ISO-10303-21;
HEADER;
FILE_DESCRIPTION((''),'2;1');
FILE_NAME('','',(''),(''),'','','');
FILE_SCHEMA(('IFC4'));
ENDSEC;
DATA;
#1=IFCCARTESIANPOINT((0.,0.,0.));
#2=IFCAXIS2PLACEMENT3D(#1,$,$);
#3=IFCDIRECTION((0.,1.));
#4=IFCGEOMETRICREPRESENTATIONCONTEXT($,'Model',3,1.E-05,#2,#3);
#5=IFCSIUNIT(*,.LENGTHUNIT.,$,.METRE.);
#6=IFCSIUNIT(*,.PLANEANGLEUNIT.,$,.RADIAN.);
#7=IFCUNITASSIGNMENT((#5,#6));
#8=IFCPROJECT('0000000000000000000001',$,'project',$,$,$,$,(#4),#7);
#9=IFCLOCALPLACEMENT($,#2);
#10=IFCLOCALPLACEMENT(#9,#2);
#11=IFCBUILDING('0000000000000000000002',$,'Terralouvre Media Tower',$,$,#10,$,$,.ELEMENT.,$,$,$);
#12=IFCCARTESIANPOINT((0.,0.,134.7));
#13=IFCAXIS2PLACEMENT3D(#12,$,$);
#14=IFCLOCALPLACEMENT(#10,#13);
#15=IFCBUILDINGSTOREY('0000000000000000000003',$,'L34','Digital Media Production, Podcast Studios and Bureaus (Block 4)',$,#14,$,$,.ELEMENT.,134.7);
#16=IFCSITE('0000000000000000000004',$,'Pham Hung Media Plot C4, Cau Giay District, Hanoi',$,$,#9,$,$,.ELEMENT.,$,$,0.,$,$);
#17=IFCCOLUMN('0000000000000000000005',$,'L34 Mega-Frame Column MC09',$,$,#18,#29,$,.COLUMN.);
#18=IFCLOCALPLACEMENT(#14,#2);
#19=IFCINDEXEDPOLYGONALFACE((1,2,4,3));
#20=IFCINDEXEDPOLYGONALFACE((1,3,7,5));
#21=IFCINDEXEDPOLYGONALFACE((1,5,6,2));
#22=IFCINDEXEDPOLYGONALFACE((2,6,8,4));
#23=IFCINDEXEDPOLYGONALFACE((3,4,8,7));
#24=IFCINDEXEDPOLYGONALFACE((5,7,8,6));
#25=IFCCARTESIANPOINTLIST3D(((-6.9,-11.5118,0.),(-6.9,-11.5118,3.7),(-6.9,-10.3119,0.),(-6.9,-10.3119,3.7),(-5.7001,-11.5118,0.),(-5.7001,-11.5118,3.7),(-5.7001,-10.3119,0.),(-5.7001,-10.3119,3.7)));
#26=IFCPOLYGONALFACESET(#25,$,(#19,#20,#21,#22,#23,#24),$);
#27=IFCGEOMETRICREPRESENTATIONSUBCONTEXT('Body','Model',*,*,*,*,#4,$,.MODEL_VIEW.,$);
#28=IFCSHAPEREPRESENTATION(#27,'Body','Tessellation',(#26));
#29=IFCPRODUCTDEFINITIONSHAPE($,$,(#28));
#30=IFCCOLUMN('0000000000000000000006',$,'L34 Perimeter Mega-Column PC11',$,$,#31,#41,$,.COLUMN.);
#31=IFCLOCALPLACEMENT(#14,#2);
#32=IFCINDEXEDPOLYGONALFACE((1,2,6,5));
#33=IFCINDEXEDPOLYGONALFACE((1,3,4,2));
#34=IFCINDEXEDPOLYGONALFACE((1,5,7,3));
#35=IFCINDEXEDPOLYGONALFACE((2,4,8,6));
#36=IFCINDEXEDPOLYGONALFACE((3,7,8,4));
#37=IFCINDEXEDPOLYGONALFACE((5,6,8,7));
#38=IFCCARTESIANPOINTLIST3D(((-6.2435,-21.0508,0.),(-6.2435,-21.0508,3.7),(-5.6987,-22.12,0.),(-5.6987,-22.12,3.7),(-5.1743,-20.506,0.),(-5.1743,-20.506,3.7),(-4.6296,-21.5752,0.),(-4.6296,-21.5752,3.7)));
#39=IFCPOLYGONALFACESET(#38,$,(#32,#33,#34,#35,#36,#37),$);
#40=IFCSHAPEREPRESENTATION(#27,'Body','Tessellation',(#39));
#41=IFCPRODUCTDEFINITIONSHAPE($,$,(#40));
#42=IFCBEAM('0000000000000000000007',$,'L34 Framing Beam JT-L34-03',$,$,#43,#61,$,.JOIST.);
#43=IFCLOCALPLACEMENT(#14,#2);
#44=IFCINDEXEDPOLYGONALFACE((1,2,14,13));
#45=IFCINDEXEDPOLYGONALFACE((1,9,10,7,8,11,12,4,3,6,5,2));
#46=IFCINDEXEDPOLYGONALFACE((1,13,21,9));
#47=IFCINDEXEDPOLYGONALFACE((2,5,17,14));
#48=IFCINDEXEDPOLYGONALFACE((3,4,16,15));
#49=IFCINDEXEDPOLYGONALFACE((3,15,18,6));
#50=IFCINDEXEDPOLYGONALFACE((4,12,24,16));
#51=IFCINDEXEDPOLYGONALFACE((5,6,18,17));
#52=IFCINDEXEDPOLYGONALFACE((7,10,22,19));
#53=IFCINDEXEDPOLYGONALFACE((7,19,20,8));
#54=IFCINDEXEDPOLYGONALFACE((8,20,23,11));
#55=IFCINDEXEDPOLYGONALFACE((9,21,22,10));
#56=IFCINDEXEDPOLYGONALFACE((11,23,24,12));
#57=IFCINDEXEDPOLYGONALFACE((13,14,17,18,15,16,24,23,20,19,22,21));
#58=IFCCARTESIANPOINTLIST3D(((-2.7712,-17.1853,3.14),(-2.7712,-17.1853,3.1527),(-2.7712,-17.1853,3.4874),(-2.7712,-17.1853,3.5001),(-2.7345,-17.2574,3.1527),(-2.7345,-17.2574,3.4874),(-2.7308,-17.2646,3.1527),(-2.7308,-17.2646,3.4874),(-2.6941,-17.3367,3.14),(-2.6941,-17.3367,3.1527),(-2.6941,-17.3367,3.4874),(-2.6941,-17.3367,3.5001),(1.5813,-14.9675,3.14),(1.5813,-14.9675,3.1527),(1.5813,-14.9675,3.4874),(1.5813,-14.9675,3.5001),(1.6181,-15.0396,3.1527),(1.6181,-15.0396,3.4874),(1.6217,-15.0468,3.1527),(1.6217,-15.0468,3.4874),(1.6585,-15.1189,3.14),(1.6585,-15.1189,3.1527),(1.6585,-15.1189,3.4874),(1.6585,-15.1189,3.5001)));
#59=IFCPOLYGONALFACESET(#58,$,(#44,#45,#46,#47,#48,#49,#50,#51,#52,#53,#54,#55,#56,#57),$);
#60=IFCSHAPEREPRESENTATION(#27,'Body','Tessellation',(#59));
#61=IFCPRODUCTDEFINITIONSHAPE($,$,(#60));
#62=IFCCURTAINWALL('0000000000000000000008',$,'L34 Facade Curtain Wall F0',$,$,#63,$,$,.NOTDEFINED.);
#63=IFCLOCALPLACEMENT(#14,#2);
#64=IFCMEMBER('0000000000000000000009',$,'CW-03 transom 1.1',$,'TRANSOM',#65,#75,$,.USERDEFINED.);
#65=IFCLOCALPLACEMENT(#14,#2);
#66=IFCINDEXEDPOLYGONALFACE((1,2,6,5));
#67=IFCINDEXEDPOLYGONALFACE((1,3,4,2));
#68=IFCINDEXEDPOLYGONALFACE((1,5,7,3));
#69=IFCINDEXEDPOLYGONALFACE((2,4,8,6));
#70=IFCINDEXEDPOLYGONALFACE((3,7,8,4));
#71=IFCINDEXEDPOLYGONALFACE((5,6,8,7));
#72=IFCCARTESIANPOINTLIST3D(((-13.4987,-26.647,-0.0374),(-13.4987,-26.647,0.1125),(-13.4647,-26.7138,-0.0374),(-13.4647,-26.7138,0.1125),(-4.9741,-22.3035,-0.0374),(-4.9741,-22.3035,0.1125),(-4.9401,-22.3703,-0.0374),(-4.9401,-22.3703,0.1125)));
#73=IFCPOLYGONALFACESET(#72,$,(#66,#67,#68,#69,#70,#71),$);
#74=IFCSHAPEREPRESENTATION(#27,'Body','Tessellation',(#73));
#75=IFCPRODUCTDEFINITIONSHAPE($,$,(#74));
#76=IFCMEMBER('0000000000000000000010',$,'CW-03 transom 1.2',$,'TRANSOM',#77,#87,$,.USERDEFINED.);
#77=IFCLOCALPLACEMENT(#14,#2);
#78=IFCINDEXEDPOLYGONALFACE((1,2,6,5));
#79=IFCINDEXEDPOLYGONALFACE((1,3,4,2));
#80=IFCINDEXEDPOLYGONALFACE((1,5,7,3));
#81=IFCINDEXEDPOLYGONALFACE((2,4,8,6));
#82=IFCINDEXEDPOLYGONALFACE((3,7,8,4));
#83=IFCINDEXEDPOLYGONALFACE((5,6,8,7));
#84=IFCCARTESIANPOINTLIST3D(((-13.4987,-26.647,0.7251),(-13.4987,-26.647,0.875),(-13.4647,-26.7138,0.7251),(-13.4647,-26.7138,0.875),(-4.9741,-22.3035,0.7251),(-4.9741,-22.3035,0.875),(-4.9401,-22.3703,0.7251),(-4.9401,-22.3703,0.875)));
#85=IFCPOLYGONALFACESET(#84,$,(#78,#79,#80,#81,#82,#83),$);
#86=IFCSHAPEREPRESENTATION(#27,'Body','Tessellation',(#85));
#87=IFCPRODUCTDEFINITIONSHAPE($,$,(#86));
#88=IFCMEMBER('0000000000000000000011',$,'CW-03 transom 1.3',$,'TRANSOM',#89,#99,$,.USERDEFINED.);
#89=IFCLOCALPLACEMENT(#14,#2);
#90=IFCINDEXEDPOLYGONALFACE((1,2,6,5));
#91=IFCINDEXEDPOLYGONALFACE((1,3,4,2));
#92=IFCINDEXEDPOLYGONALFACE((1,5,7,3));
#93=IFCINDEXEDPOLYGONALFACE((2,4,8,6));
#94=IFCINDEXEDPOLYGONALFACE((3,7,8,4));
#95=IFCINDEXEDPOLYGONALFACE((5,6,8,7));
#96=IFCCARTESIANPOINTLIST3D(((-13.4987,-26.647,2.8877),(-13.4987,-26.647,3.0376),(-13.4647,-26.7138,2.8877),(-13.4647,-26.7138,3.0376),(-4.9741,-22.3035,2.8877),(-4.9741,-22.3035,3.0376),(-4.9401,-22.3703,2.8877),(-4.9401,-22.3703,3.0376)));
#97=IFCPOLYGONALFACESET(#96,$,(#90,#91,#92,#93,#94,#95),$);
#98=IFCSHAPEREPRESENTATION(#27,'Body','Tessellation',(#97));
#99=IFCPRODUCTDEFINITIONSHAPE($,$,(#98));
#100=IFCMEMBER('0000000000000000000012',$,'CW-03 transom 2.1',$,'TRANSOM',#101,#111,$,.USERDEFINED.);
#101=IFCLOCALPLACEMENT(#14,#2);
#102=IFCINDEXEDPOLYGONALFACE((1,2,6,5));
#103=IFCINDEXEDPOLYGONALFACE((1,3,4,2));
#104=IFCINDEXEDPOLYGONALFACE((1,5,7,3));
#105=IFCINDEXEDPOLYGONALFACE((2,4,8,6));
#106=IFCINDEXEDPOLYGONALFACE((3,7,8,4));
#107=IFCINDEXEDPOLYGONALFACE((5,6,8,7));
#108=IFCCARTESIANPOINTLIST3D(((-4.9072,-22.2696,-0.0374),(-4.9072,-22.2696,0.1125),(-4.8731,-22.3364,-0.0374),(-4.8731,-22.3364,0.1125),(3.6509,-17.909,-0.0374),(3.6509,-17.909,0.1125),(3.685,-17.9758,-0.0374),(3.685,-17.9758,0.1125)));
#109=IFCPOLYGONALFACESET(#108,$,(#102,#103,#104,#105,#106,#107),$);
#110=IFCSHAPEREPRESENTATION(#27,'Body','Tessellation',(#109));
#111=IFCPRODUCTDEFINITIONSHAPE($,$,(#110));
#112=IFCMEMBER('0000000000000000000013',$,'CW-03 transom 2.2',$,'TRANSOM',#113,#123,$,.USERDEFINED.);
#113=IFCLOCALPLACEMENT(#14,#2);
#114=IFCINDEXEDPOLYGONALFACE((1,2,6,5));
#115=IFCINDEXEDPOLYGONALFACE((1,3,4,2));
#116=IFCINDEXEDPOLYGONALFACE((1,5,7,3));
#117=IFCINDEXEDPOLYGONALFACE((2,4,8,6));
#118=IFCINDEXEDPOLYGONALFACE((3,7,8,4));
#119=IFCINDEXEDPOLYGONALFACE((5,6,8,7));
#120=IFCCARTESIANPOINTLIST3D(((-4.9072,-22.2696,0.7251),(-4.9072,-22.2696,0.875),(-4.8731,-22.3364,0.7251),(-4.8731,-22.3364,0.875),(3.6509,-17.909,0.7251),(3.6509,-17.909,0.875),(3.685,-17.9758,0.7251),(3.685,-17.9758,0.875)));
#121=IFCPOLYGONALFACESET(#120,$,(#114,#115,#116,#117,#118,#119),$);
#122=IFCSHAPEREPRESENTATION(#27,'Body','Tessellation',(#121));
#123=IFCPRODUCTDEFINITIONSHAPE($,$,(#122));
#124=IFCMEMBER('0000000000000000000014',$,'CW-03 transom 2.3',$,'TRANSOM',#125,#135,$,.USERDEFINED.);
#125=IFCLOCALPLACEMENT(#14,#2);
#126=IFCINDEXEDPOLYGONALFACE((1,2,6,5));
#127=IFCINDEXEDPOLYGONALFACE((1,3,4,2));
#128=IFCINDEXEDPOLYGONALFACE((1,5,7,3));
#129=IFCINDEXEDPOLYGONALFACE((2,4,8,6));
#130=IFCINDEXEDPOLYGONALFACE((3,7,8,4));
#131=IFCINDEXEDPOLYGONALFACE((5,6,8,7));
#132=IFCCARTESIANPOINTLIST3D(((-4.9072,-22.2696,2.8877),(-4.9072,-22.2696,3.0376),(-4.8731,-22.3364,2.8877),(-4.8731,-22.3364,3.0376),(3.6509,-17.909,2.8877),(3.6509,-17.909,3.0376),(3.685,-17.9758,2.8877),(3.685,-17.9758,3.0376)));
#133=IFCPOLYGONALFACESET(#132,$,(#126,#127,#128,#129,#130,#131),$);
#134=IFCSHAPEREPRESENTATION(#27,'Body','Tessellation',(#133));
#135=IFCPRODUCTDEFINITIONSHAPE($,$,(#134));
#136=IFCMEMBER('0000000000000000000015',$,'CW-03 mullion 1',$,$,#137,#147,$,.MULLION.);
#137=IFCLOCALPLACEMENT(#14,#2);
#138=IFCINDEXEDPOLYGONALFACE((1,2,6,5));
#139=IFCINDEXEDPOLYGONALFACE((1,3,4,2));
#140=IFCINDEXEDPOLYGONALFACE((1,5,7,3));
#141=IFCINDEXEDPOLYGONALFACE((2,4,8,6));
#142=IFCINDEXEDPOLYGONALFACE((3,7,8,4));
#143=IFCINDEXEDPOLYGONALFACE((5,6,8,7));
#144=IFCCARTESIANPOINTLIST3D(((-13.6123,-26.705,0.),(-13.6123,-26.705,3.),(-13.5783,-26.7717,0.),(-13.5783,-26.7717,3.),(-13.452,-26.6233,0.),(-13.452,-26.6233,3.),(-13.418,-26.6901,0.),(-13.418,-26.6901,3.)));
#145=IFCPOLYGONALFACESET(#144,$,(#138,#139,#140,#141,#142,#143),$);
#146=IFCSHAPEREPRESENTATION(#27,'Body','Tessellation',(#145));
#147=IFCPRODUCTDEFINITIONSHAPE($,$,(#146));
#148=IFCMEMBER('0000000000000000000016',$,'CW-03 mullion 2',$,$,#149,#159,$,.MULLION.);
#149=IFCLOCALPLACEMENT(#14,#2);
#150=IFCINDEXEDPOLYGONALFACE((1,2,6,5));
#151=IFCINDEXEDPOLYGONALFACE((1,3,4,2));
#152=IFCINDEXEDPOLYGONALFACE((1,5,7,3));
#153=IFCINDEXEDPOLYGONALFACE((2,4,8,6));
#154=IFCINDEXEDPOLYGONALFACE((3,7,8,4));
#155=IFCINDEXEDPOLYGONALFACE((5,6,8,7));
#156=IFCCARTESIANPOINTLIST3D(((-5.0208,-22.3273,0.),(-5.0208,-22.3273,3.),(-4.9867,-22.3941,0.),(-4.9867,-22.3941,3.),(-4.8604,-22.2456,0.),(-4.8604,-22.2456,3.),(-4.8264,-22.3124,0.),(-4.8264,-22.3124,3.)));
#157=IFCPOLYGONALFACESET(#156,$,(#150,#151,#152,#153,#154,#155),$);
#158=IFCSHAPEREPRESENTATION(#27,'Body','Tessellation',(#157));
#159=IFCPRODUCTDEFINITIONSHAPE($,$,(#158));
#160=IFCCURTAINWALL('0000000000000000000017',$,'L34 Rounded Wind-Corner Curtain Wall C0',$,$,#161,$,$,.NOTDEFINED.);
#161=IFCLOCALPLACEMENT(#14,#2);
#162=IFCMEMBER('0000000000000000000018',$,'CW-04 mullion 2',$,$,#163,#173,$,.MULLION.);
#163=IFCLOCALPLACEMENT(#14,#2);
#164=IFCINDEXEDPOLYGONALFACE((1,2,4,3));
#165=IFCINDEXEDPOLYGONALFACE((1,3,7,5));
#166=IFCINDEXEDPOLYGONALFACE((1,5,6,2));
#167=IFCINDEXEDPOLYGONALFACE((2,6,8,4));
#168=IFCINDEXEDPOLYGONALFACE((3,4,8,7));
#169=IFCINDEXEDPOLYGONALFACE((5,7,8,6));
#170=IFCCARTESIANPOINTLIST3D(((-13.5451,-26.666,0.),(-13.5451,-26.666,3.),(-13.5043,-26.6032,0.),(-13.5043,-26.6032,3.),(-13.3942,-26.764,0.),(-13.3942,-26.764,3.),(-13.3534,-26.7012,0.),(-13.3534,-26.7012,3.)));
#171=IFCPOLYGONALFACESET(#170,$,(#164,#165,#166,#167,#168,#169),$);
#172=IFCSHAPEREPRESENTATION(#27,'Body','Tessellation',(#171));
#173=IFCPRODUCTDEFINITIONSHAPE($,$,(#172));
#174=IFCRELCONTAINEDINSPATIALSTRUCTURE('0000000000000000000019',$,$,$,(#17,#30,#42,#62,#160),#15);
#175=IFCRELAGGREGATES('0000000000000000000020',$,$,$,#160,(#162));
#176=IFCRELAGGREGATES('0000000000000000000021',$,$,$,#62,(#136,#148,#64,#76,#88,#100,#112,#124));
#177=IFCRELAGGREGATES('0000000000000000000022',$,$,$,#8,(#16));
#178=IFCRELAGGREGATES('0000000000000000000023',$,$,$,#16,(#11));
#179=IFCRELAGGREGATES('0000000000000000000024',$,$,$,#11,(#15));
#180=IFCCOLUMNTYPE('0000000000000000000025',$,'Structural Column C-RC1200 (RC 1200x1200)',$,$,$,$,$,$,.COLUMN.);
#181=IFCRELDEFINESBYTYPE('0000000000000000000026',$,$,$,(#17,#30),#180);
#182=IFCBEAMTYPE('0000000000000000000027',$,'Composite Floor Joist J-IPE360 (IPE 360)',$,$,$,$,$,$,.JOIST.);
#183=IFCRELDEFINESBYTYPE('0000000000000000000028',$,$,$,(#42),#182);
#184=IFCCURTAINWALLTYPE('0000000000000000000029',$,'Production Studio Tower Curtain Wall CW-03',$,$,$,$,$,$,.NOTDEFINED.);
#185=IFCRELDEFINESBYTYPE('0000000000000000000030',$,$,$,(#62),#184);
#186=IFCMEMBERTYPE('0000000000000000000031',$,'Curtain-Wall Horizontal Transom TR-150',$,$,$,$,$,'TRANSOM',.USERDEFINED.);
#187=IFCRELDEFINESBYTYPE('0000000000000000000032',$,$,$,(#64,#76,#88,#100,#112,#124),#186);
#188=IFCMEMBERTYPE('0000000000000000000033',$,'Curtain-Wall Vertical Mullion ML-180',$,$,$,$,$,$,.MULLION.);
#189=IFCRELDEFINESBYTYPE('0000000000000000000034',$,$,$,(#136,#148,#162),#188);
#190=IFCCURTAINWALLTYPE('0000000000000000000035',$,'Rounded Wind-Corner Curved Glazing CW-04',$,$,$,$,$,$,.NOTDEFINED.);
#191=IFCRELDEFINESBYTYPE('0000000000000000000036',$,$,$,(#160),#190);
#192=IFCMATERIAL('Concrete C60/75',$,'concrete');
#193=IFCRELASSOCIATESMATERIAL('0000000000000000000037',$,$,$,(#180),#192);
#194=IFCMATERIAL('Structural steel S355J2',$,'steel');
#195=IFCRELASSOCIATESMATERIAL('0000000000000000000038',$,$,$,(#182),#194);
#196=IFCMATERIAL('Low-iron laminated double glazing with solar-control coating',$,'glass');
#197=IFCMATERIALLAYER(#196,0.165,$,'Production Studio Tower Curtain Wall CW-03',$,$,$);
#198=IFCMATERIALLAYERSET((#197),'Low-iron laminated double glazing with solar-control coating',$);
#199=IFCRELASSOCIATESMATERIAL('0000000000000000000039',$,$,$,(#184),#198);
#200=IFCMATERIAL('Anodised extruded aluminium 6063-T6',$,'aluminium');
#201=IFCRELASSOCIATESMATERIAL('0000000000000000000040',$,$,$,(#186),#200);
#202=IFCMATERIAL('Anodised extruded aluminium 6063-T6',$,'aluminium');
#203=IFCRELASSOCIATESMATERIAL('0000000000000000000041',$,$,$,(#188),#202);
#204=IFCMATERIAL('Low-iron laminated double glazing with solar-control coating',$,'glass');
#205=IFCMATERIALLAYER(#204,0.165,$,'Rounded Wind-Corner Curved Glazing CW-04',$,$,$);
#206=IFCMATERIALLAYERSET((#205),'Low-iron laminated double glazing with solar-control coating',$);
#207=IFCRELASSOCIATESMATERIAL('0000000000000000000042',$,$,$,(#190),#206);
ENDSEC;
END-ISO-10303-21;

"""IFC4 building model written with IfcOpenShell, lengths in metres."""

from ifc_helpers import new_model, si_unit, direction, frame, origin, origin_2d, place, context, subcontext, project, spatial, rectangle, i_section, extrude, material, layer, layer_set, material_profile, profile_set, type_object, element, aggregate, save


model = new_model("IFC4")

# Units and contexts
model_context = context("Model", 3, precision=1e-05, world=origin(), true_north=direction((0.0, 1.0)))
body_context = subcontext(model_context, "Body", "Model", "MODEL_VIEW")
ifc_project = project(units=[si_unit("LENGTHUNIT", "METRE"), si_unit("PLANEANGLEUNIT", "RADIAN")], contexts=[model_context])

# Site, building, storey
site_placement = place(None, origin())
site = spatial("IfcSite", under=ifc_project, at=site_placement, Name="Pham Hung Media Plot C4, Cau Giay District, Hanoi", CompositionType="ELEMENT", RefElevation=0.0)
building_placement = place(site_placement, origin())
building = spatial("IfcBuilding", under=site, at=building_placement, Name="Terralouvre Media Tower", CompositionType="ELEMENT")
storey_placement = place(building_placement, frame((0.0, 0.0, 134.7)))
storey = spatial("IfcBuildingStorey", under=building, at=storey_placement, Name="L34", Description="Digital Media Production, Podcast Studios and Bureaus (Block 4)", CompositionType="ELEMENT", Elevation=134.7)

# Columns
ifc_material_1 = material(Name="Concrete C60/75", Category="concrete")
ifc_material_profile_1 = material_profile(ifc_material_1, rectangle(XDim=1.2, YDim=1.2, at=origin_2d()), Name="RC 1200x1200")
ifc_profile_set_1 = profile_set([ifc_material_profile_1], Name="Concrete C60/75")
column_type = type_object("IfcColumnType", Name="Structural Column C-RC1200 (RC 1200x1200)", PredefinedType="COLUMN", material=ifc_profile_set_1)
for number, where, z_axis, x_axis, name in (
    (1, (-6.3, -10.9119, 0.0), (0.0, 0.0, 1.0), (1.0, 0.0, 0.0), "L34 Mega-Frame Column MC09"),
    (2, (-5.4365, -21.313, 0.0), (0.0, 0.0, 1.0), (0.891007, 0.45399, 0.0), "L34 Perimeter Mega-Column PC11"),
):
    element("IfcColumn", number, at=place(storey_placement, frame(where, z_axis=z_axis, x_axis=x_axis)), inside=storey, type_object=column_type, Name=name, PredefinedType="COLUMN", context=body_context, shape_type="SweptSolid", body=[
        extrude(rectangle(XDim=1.2, YDim=1.2, at=origin_2d()), origin(), (0.0, 0.0, 1.0), 3.7),
    ])

# Beam
ifc_material_2 = material(Name="Structural steel S355J2", Category="steel")
ifc_material_profile_2 = material_profile(ifc_material_2, i_section(OverallWidth=0.1699, OverallDepth=0.3601, WebThickness=0.0081, FlangeThickness=0.0127, at=origin_2d()), Name="IPE 360")
ifc_profile_set_2 = profile_set([ifc_material_profile_2], Name="Structural steel S355J2")
beam_type_1 = type_object("IfcBeamType", Name="Composite Floor Joist J-IPE360 (IPE 360)", PredefinedType="JOIST", material=ifc_profile_set_2)
beam_1_placement = place(storey_placement, frame((-2.7327, -17.261, 3.3201), z_axis=(0.891003, 0.453998, 0.0), x_axis=(-0.453998, 0.891003, 0.0)))
element("IfcBeam", 3, at=beam_1_placement, inside=storey, type_object=beam_type_1, Name="L34 Framing Beam JT-L34-03", PredefinedType="JOIST", context=body_context, shape_type="SweptSolid", body=[
    extrude(i_section(OverallWidth=0.1699, OverallDepth=0.3601, WebThickness=0.0081, FlangeThickness=0.0127, at=origin_2d()), origin(), (0.0, 0.0, 1.0), 4.885),
])

# Curtain wall, members
ifc_material_3 = material(Name="Low-iron laminated double glazing with solar-control coating", Category="glass")
ifc_layer_1 = layer(ifc_material_3, 0.165, Name="Production Studio Tower Curtain Wall CW-03")
ifc_layer_set_1 = layer_set([ifc_layer_1], Name="Low-iron laminated double glazing with solar-control coating")
curtain_wall_type_1 = type_object("IfcCurtainWallType", Name="Production Studio Tower Curtain Wall CW-03", PredefinedType="NOTDEFINED", material=ifc_layer_set_1)
curtain_wall_1_placement = place(storey_placement, origin())
curtain_wall_1 = element("IfcCurtainWall", 4, at=curtain_wall_1_placement, inside=storey, type_object=curtain_wall_type_1, Name="L34 Facade Curtain Wall F0", PredefinedType="NOTDEFINED")
ifc_material_4 = material(Name="Anodised extruded aluminium 6063-T6", Category="aluminium")
ifc_material_profile_3 = material_profile(ifc_material_4, rectangle(XDim=0.075, YDim=0.1499, at=origin_2d()), Name="ALU 75x150")
ifc_profile_set_3 = profile_set([ifc_material_profile_3], Name="Anodised extruded aluminium 6063-T6")
member_type_1 = type_object("IfcMemberType", Name="Curtain-Wall Horizontal Transom TR-150", ElementType="TRANSOM", PredefinedType="USERDEFINED", material=ifc_profile_set_3)
member_1_placement = place(storey_placement, frame((-13.4817, -26.6804, 0.0376), z_axis=(0.891008, 0.453988, 0.0), x_axis=(-0.453988, 0.891008, 0.0)))
member_1 = element("IfcMember", 5, at=member_1_placement, type_object=member_type_1, Name="CW-03 transom 1.1", ObjectType="TRANSOM", PredefinedType="USERDEFINED", context=body_context, shape_type="SweptSolid", body=[
    extrude(rectangle(XDim=0.075, YDim=0.1499, at=origin_2d()), origin(), (0.0, 0.0, 1.0), 9.5674),
])
member_2_placement = place(storey_placement, frame((-13.4817, -26.6804, 0.8), z_axis=(0.891008, 0.453988, 0.0), x_axis=(-0.453988, 0.891008, 0.0)))
member_2 = element("IfcMember", 6, at=member_2_placement, type_object=member_type_1, Name="CW-03 transom 1.2", ObjectType="TRANSOM", PredefinedType="USERDEFINED", context=body_context, shape_type="SweptSolid", body=[
    extrude(rectangle(XDim=0.075, YDim=0.1499, at=origin_2d()), origin(), (0.0, 0.0, 1.0), 9.5674),
])
member_3_placement = place(storey_placement, frame((-13.4817, -26.6804, 2.9626), z_axis=(0.891008, 0.453988, 0.0), x_axis=(-0.453988, 0.891008, 0.0)))
member_3 = element("IfcMember", 7, at=member_3_placement, type_object=member_type_1, Name="CW-03 transom 1.3", ObjectType="TRANSOM", PredefinedType="USERDEFINED", context=body_context, shape_type="SweptSolid", body=[
    extrude(rectangle(XDim=0.075, YDim=0.1499, at=origin_2d()), origin(), (0.0, 0.0, 1.0), 9.5674),
])
member_4_placement = place(storey_placement, frame((-4.8901, -22.303, 0.0376), z_axis=(0.891006, 0.453992, 0.0), x_axis=(-0.453992, 0.891006, 0.0)))
member_4 = element("IfcMember", 8, at=member_4_placement, type_object=member_type_1, Name="CW-03 transom 2.1", ObjectType="TRANSOM", PredefinedType="USERDEFINED", context=body_context, shape_type="SweptSolid", body=[
    extrude(rectangle(XDim=0.075, YDim=0.1499, at=origin_2d()), origin(), (0.0, 0.0, 1.0), 9.605),
])
member_5_placement = place(storey_placement, frame((-4.8901, -22.303, 0.8), z_axis=(0.891006, 0.453992, 0.0), x_axis=(-0.453992, 0.891006, 0.0)))
member_5 = element("IfcMember", 9, at=member_5_placement, type_object=member_type_1, Name="CW-03 transom 2.2", ObjectType="TRANSOM", PredefinedType="USERDEFINED", context=body_context, shape_type="SweptSolid", body=[
    extrude(rectangle(XDim=0.075, YDim=0.1499, at=origin_2d()), origin(), (0.0, 0.0, 1.0), 9.605),
])
member_6_placement = place(storey_placement, frame((-4.8901, -22.303, 2.9626), z_axis=(0.891006, 0.453992, 0.0), x_axis=(-0.453992, 0.891006, 0.0)))
member_6 = element("IfcMember", 10, at=member_6_placement, type_object=member_type_1, Name="CW-03 transom 2.3", ObjectType="TRANSOM", PredefinedType="USERDEFINED", context=body_context, shape_type="SweptSolid", body=[
    extrude(rectangle(XDim=0.075, YDim=0.1499, at=origin_2d()), origin(), (0.0, 0.0, 1.0), 9.605),
])
ifc_material_5 = material(Name="Anodised extruded aluminium 6063-T6", Category="aluminium")
ifc_material_profile_4 = material_profile(ifc_material_5, rectangle(XDim=0.075, YDim=0.1799, at=origin_2d()), Name="ALU 75x180")
ifc_profile_set_4 = profile_set([ifc_material_profile_4], Name="Anodised extruded aluminium 6063-T6")
member_type_2 = type_object("IfcMemberType", Name="Curtain-Wall Vertical Mullion ML-180", PredefinedType="MULLION", material=ifc_profile_set_4)
member_7_placement = place(storey_placement, frame((-13.5151, -26.6975, 0.0), z_axis=(0.0, 0.0, 1.0), x_axis=(-0.453991, 0.891007, 0.0)))
member_7 = element("IfcMember", 11, at=member_7_placement, type_object=member_type_2, Name="CW-03 mullion 1", PredefinedType="MULLION", context=body_context, shape_type="SweptSolid", body=[
    extrude(rectangle(XDim=0.075, YDim=0.1799, at=origin_2d()), origin(), (0.0, 0.0, 1.0), 3.0),
])
member_8_placement = place(storey_placement, frame((-4.9236, -22.3198, 0.0), z_axis=(0.0, 0.0, 1.0), x_axis=(-0.453991, 0.891007, 0.0)))
member_8 = element("IfcMember", 12, at=member_8_placement, type_object=member_type_2, Name="CW-03 mullion 2", PredefinedType="MULLION", context=body_context, shape_type="SweptSolid", body=[
    extrude(rectangle(XDim=0.075, YDim=0.1799, at=origin_2d()), origin(), (0.0, 0.0, 1.0), 3.0),
])

# Curtain wall, member
ifc_material_6 = material(Name="Low-iron laminated double glazing with solar-control coating", Category="glass")
ifc_layer_2 = layer(ifc_material_6, 0.165, Name="Rounded Wind-Corner Curved Glazing CW-04")
ifc_layer_set_2 = layer_set([ifc_layer_2], Name="Low-iron laminated double glazing with solar-control coating")
curtain_wall_type_2 = type_object("IfcCurtainWallType", Name="Rounded Wind-Corner Curved Glazing CW-04", PredefinedType="NOTDEFINED", material=ifc_layer_set_2)
curtain_wall_2_placement = place(storey_placement, origin())
curtain_wall_2 = element("IfcCurtainWall", 13, at=curtain_wall_2_placement, inside=storey, type_object=curtain_wall_type_2, Name="L34 Rounded Wind-Corner Curtain Wall C0", PredefinedType="NOTDEFINED")
member_9_placement = place(storey_placement, frame((-13.4492, -26.6836, 0.0), z_axis=(0.0, 0.0, 1.0), x_axis=(0.544639, 0.83867, 0.0)))
member_9 = element("IfcMember", 14, at=member_9_placement, type_object=member_type_2, Name="CW-04 mullion 2", PredefinedType="MULLION", context=body_context, shape_type="SweptSolid", body=[
    extrude(rectangle(XDim=0.075, YDim=0.1799, at=origin_2d()), origin(), (0.0, 0.0, 1.0), 3.0),
])
aggregate(curtain_wall_2, [member_9])

aggregate(curtain_wall_1, [member_7, member_8, member_1, member_2, member_3, member_4, member_5, member_6])

save(model, "model.ifc")
